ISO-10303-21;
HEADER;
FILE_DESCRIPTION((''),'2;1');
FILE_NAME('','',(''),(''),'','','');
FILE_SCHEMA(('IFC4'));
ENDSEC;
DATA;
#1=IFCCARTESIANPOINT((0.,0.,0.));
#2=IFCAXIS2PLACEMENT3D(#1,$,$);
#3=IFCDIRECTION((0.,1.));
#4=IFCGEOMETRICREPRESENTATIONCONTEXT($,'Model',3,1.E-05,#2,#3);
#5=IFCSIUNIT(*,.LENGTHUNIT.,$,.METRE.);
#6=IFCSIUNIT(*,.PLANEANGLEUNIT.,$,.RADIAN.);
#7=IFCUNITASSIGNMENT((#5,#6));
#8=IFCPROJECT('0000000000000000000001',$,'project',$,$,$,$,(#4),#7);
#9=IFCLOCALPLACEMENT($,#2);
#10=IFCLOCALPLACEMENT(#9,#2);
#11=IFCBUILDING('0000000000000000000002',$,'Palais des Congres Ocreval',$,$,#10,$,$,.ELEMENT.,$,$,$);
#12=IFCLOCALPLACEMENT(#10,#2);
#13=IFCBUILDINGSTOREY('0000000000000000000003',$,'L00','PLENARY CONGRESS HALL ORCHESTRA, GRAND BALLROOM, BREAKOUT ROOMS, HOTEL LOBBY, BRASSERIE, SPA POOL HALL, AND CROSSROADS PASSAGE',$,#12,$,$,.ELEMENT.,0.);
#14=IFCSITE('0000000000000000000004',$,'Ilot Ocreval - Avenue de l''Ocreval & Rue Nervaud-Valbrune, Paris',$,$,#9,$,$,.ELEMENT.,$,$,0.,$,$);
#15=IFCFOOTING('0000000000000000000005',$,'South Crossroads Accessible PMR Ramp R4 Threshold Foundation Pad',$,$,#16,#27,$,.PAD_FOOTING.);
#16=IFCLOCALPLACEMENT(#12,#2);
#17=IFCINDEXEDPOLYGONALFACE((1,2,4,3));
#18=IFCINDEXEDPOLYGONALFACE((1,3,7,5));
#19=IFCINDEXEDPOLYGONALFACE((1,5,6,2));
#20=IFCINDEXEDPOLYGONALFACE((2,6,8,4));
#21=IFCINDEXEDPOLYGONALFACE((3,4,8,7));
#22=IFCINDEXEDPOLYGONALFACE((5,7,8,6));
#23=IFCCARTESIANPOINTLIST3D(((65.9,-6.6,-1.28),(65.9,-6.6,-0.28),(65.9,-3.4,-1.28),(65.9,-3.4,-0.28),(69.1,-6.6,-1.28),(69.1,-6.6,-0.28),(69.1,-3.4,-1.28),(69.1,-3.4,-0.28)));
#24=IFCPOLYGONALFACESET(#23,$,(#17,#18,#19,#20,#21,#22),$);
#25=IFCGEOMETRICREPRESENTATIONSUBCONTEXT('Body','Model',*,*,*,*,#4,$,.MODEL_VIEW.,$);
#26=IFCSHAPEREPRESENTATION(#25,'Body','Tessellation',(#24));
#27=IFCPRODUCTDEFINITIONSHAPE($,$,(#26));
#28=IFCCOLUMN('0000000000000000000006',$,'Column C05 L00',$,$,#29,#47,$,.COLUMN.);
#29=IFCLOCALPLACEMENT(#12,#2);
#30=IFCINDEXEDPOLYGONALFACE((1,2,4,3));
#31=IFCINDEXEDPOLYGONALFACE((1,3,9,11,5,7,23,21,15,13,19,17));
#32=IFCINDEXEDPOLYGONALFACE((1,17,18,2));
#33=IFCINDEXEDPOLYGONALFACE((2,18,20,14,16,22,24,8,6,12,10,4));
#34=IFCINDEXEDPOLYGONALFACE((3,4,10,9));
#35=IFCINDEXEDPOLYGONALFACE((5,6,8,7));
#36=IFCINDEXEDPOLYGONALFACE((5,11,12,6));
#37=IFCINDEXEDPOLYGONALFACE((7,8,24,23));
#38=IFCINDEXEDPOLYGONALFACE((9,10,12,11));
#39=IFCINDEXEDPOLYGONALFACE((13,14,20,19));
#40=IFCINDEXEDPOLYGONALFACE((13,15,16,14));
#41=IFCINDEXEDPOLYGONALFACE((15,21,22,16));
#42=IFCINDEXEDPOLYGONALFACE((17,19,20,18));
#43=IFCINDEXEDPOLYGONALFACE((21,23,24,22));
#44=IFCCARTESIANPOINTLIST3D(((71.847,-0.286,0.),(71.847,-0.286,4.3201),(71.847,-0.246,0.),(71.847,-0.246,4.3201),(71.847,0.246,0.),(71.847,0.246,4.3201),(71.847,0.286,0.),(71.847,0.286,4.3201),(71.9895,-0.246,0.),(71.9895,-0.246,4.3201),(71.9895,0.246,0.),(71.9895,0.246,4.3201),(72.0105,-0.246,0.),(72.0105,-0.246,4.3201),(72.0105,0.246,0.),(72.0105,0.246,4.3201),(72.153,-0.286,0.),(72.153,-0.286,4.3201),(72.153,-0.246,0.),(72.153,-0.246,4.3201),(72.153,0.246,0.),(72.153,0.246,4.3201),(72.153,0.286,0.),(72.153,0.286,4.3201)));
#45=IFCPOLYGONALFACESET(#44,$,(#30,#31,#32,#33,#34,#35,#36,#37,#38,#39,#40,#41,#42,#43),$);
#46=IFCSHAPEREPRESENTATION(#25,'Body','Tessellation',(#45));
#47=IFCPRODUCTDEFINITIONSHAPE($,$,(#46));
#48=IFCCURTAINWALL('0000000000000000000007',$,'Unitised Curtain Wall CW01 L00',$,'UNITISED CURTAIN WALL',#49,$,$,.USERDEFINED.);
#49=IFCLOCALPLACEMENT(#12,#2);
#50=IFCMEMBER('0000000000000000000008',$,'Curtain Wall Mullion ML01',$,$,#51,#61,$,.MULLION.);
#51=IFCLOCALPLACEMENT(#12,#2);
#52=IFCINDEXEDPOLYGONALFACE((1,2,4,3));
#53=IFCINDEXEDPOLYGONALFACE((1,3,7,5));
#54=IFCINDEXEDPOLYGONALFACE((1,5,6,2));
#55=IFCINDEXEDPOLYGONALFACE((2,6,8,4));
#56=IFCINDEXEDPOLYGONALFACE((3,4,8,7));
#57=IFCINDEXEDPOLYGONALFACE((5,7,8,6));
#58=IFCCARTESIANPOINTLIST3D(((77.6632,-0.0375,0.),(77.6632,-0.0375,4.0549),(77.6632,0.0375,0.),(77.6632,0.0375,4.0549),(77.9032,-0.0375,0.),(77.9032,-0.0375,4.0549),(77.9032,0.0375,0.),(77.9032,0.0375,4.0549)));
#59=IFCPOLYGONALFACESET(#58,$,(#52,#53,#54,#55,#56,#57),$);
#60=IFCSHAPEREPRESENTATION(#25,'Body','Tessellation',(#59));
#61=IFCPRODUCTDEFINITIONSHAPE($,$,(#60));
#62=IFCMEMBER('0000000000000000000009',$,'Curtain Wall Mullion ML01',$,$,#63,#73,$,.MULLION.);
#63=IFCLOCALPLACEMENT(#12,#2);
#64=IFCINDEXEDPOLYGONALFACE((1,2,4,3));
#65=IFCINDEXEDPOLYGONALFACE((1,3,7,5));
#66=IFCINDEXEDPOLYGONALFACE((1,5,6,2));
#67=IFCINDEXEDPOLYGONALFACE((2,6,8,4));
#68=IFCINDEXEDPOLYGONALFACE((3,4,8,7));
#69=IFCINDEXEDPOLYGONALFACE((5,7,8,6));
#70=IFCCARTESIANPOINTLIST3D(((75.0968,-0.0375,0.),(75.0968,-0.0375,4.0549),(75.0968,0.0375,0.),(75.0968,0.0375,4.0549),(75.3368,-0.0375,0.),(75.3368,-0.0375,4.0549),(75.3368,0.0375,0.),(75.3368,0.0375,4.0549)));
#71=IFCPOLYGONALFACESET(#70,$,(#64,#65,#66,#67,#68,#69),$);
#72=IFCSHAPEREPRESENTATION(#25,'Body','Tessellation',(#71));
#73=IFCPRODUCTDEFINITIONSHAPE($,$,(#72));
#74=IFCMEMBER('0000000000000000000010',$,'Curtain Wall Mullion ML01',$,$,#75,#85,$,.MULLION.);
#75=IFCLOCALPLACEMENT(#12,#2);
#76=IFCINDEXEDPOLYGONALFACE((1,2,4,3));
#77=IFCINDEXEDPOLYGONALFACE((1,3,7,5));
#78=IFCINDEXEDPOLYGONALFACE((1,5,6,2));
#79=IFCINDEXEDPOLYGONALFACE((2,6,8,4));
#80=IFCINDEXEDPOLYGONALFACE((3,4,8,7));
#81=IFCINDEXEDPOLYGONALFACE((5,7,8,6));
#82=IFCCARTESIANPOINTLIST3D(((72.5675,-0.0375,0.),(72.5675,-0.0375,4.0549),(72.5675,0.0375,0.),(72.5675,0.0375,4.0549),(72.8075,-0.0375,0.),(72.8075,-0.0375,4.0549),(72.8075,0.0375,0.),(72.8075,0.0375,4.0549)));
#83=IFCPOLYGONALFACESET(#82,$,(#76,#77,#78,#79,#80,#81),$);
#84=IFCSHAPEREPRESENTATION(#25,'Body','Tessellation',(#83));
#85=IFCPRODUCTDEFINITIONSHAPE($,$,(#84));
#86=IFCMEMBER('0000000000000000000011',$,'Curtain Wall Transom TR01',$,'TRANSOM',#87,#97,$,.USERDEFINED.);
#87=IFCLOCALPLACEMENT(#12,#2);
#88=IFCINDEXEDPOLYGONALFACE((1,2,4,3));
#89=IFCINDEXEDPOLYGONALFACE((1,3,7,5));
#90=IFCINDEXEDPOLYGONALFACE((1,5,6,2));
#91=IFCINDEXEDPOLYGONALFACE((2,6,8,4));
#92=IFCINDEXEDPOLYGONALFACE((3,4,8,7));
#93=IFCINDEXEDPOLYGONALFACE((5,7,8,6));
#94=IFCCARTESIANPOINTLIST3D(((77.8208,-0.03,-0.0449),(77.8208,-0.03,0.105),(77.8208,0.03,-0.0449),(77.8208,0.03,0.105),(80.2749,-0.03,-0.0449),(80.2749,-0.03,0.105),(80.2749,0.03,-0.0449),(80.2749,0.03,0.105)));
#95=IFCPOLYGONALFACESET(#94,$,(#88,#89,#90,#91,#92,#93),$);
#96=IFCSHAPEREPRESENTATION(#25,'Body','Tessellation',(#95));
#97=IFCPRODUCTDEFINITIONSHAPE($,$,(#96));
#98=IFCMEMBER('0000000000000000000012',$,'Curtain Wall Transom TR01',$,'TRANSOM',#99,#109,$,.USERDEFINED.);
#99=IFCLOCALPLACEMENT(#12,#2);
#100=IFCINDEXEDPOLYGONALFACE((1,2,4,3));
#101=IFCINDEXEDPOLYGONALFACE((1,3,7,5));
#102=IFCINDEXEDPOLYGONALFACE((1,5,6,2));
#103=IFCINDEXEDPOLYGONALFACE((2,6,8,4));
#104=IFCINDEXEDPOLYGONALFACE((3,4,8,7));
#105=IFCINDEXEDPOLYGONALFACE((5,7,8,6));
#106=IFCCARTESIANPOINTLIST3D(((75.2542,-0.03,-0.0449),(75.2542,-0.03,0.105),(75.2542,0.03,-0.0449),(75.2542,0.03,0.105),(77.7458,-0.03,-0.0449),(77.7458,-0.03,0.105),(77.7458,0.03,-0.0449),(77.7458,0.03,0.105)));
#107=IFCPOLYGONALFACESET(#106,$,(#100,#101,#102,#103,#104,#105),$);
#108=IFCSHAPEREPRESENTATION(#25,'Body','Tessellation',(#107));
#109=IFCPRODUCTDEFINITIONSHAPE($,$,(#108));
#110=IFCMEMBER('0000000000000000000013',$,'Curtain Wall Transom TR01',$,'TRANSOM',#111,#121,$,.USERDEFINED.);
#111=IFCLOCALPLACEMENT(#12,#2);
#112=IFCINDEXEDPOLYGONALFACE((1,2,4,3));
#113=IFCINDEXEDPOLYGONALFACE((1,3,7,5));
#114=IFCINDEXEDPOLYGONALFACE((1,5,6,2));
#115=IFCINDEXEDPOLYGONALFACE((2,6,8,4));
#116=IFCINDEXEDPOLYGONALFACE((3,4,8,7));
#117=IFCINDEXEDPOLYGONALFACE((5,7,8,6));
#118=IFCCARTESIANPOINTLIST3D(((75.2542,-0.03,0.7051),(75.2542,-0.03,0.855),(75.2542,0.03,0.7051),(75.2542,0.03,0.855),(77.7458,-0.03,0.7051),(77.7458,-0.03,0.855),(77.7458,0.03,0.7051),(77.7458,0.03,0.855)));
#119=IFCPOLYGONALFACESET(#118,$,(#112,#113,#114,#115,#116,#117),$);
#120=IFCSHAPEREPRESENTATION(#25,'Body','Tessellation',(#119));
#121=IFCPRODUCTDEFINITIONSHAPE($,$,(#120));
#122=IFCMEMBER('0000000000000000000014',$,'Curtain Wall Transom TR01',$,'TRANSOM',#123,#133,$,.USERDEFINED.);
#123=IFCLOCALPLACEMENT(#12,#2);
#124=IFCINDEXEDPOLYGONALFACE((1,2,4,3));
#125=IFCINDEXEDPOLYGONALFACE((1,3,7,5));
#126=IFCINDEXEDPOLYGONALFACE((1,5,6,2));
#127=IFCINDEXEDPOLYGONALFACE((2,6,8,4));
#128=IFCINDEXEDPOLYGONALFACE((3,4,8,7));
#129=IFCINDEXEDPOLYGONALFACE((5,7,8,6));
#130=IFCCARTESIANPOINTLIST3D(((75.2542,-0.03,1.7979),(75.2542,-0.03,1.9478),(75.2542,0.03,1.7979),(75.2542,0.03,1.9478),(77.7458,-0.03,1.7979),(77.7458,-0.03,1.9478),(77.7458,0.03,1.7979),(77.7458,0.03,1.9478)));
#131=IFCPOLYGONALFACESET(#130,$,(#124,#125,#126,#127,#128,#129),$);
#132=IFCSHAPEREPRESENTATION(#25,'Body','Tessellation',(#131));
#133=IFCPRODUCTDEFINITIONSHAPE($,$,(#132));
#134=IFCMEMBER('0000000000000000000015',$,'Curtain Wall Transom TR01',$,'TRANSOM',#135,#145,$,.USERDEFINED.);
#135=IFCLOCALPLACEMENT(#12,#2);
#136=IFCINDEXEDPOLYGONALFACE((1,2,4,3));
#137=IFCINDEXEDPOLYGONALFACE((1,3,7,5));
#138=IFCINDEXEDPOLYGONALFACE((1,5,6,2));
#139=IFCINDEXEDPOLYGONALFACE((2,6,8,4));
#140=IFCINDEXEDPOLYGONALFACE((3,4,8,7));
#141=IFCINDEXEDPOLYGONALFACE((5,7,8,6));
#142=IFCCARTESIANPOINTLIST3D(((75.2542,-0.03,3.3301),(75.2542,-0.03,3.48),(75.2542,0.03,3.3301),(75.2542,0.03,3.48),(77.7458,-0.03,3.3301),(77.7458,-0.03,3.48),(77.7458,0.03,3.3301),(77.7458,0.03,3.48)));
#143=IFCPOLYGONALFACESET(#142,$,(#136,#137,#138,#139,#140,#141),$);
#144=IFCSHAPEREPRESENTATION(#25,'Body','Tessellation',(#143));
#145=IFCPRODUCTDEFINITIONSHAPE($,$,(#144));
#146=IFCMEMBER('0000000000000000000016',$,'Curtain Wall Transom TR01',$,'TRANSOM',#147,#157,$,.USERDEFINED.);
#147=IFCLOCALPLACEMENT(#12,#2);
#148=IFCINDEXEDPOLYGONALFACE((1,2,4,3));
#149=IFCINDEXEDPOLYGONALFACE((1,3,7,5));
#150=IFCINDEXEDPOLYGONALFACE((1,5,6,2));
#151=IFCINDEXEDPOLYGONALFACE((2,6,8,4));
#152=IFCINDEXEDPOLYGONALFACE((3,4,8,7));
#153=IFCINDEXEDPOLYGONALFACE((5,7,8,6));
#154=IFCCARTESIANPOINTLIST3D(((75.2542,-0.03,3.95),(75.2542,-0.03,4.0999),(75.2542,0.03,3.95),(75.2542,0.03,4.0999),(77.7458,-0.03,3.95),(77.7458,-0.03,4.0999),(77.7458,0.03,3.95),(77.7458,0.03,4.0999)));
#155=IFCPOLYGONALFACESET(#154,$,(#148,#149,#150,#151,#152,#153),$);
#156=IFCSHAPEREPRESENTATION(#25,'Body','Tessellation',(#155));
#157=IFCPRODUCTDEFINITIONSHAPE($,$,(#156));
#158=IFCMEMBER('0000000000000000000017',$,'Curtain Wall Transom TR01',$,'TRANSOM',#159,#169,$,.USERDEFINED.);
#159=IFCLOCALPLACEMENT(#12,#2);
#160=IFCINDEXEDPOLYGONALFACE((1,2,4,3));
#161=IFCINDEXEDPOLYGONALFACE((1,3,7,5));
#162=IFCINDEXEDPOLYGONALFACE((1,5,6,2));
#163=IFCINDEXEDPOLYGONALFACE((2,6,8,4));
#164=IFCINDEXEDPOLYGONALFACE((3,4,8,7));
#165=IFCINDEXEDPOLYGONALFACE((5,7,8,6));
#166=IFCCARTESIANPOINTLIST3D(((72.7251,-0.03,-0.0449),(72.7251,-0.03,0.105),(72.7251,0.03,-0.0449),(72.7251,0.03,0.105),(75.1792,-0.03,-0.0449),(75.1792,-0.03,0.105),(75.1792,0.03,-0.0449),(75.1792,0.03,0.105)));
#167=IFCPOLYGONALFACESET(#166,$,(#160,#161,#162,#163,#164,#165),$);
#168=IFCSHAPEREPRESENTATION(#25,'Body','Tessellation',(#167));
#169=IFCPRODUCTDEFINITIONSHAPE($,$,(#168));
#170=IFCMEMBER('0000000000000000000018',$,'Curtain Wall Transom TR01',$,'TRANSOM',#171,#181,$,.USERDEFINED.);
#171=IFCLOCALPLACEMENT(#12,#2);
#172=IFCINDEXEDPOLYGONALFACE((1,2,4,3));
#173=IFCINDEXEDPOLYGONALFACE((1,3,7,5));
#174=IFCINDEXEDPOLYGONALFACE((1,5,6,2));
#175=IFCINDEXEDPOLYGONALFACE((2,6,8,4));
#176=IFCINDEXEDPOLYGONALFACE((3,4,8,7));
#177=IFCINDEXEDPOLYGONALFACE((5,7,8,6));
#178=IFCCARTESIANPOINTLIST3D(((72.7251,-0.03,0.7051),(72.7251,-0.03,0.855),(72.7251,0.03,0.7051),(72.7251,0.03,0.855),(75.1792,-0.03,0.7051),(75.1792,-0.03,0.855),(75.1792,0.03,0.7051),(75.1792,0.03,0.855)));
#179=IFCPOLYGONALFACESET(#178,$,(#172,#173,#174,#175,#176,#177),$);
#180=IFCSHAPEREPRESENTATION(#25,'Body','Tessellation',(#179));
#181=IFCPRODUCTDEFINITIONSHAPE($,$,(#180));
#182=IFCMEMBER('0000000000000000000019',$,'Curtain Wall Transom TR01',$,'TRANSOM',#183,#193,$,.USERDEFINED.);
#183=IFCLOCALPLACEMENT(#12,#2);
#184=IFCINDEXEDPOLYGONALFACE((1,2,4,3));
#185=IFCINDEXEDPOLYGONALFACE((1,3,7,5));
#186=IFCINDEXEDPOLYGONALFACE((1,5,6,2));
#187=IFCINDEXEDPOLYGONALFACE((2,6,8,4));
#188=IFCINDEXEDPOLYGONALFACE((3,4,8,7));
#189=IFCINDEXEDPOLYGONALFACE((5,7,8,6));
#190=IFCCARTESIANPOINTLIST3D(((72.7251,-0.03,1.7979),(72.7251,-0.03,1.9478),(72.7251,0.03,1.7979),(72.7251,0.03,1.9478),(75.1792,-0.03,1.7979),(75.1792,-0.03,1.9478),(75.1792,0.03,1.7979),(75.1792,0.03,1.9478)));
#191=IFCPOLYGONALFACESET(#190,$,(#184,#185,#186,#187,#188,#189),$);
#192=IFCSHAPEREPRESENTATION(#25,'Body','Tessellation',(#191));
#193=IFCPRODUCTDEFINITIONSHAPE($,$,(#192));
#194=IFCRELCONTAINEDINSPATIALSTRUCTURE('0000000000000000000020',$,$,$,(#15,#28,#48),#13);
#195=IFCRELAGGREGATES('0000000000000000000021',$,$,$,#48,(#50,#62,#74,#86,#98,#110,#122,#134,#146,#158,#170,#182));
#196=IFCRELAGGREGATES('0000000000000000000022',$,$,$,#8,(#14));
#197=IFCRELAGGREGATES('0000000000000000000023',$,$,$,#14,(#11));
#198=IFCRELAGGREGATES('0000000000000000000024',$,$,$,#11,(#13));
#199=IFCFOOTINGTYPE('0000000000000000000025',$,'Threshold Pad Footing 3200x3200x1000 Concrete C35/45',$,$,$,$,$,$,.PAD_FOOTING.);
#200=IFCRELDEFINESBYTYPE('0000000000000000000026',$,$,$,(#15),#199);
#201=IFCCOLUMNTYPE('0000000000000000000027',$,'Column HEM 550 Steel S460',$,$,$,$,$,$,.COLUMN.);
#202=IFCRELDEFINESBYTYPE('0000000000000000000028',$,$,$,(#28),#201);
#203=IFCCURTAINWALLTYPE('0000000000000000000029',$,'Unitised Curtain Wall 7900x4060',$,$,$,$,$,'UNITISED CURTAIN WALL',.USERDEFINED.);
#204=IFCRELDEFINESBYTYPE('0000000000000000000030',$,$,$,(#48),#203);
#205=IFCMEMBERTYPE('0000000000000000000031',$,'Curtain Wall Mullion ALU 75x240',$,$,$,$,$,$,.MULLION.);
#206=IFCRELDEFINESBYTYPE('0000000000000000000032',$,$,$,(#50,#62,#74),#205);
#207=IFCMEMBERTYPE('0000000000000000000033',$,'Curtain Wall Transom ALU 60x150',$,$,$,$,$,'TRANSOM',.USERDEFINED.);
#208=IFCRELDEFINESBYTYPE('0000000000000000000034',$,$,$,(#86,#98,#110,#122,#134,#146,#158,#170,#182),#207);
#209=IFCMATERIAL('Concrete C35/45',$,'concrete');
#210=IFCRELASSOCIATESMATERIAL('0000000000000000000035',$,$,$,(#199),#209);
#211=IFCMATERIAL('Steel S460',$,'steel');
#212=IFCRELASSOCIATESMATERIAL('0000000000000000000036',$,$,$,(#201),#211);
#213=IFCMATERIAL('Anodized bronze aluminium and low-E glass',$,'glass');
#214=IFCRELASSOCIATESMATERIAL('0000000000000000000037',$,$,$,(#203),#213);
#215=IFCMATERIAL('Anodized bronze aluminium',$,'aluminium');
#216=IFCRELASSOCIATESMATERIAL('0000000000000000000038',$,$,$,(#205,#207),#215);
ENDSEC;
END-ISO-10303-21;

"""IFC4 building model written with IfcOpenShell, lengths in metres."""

from ifc_helpers import new_model, si_unit, direction, frame, origin, origin_2d, place, context, subcontext, project, spatial, rectangle, i_section, extrude, material, material_profile, profile_set, type_object, element, aggregate, save


model = new_model("IFC4")

# Units and contexts
model_context = context("Model", 3, precision=1e-05, world=origin(), true_north=direction((0.0, 1.0)))
body_context = subcontext(model_context, "Body", "Model", "MODEL_VIEW")
ifc_project = project(units=[si_unit("LENGTHUNIT", "METRE"), si_unit("PLANEANGLEUNIT", "RADIAN")], contexts=[model_context])

# Site, building, storey
site_placement = place(None, origin())
site = spatial("IfcSite", under=ifc_project, at=site_placement, Name="Ilot Ocreval - Avenue de l'Ocreval & Rue Nervaud-Valbrune, Paris", CompositionType="ELEMENT", RefElevation=0.0)
building_placement = place(site_placement, origin())
building = spatial("IfcBuilding", under=site, at=building_placement, Name="Palais des Congres Ocreval", CompositionType="ELEMENT")
storey_placement = place(building_placement, origin())
storey = spatial("IfcBuildingStorey", under=building, at=storey_placement, Name="L00", Description="PLENARY CONGRESS HALL ORCHESTRA, GRAND BALLROOM, BREAKOUT ROOMS, HOTEL LOBBY, BRASSERIE, SPA POOL HALL, AND CROSSROADS PASSAGE", CompositionType="ELEMENT", Elevation=0.0)

# Footing
ifc_material_1 = material(Name="Concrete C35/45", Category="concrete")
footing_type = type_object("IfcFootingType", Name="Threshold Pad Footing 3200x3200x1000 Concrete C35/45", PredefinedType="PAD_FOOTING", material=ifc_material_1)
footing_placement = place(storey_placement, frame((67.5, -5.0, -1.28), z_axis=(0.0, 0.0, 1.0), x_axis=(1.0, 0.0, 0.0)))
element("IfcFooting", 1, at=footing_placement, inside=storey, type_object=footing_type, Name="South Crossroads Accessible PMR Ramp R4 Threshold Foundation Pad", PredefinedType="PAD_FOOTING", context=body_context, shape_type="SweptSolid", body=[
    extrude(rectangle(XDim=3.2, YDim=3.2, at=origin_2d()), origin(), (0.0, 0.0, 1.0), 1.0),
])

# Column
ifc_material_2 = material(Name="Steel S460", Category="steel")
ifc_material_profile_1 = material_profile(ifc_material_2, i_section(OverallWidth=0.3059, OverallDepth=0.572, WebThickness=0.021, FlangeThickness=0.04, at=origin_2d()), Name="HEM 550")
ifc_profile_set_1 = profile_set([ifc_material_profile_1], Name="Steel S460")
column_type = type_object("IfcColumnType", Name="Column HEM 550 Steel S460", PredefinedType="COLUMN", material=ifc_profile_set_1)
column_placement = place(storey_placement, frame((72.0, 0.0, 0.0), z_axis=(0.0, 0.0, 1.0), x_axis=(1.0, 0.0, 0.0)))
element("IfcColumn", 2, at=column_placement, inside=storey, type_object=column_type, Name="Column C05 L00", PredefinedType="COLUMN", context=body_context, shape_type="SweptSolid", body=[
    extrude(i_section(OverallWidth=0.3059, OverallDepth=0.572, WebThickness=0.021, FlangeThickness=0.04, at=origin_2d()), origin(), (0.0, 0.0, 1.0), 4.3201),
])

# Curtain wall, members
ifc_material_3 = material(Name="Anodized bronze aluminium and low-E glass", Category="glass")
curtain_wall_type = type_object("IfcCurtainWallType", Name="Unitised Curtain Wall 7900x4060", ElementType="UNITISED CURTAIN WALL", PredefinedType="USERDEFINED", material=ifc_material_3)
curtain_wall_placement = place(storey_placement, origin())
curtain_wall = element("IfcCurtainWall", 3, at=curtain_wall_placement, inside=storey, type_object=curtain_wall_type, Name="Unitised Curtain Wall CW01 L00", ObjectType="UNITISED CURTAIN WALL", PredefinedType="USERDEFINED")
ifc_material_4 = material(Name="Anodized bronze aluminium", Category="aluminium")
ifc_material_profile_2 = material_profile(ifc_material_4, rectangle(XDim=0.075, YDim=0.24, at=origin_2d()), Name="ALU 75x240")
ifc_profile_set_2 = profile_set([ifc_material_profile_2], Name="Anodized bronze aluminium")
member_type_1 = type_object("IfcMemberType", Name="Curtain Wall Mullion ALU 75x240", PredefinedType="MULLION", material=ifc_profile_set_2)
member_1_placement = place(storey_placement, frame((77.7832, 0.0, 0.0), z_axis=(0.0, 0.0, 1.0), x_axis=(0.0, -1.0, 0.0)))
member_1 = element("IfcMember", 4, at=member_1_placement, type_object=member_type_1, Name="Curtain Wall Mullion ML01", PredefinedType="MULLION", context=body_context, shape_type="SweptSolid", body=[
    extrude(rectangle(XDim=0.075, YDim=0.24, at=origin_2d()), origin(), (0.0, 0.0, 1.0), 4.0549),
])
member_2_placement = place(storey_placement, frame((75.2168, 0.0, 0.0), z_axis=(0.0, 0.0, 1.0), x_axis=(0.0, -1.0, 0.0)))
member_2 = element("IfcMember", 5, at=member_2_placement, type_object=member_type_1, Name="Curtain Wall Mullion ML01", PredefinedType="MULLION", context=body_context, shape_type="SweptSolid", body=[
    extrude(rectangle(XDim=0.075, YDim=0.24, at=origin_2d()), origin(), (0.0, 0.0, 1.0), 4.0549),
])
member_3_placement = place(storey_placement, frame((72.6875, 0.0, 0.0), z_axis=(0.0, 0.0, 1.0), x_axis=(0.0, -1.0, 0.0)))
member_3 = element("IfcMember", 6, at=member_3_placement, type_object=member_type_1, Name="Curtain Wall Mullion ML01", PredefinedType="MULLION", context=body_context, shape_type="SweptSolid", body=[
    extrude(rectangle(XDim=0.075, YDim=0.24, at=origin_2d()), origin(), (0.0, 0.0, 1.0), 4.0549),
])
ifc_material_profile_3 = material_profile(ifc_material_4, rectangle(XDim=0.0601, YDim=0.1499, at=origin_2d()), Name="ALU 60x150")
ifc_profile_set_3 = profile_set([ifc_material_profile_3], Name="Anodized bronze aluminium")
member_type_2 = type_object("IfcMemberType", Name="Curtain Wall Transom ALU 60x150", ElementType="TRANSOM", PredefinedType="USERDEFINED", material=ifc_profile_set_3)
member_4_placement = place(storey_placement, frame((80.2749, 0.0, 0.03), z_axis=(-1.0, 0.0, 0.0), x_axis=(0.0, -1.0, 0.0)))
member_4 = element("IfcMember", 7, at=member_4_placement, type_object=member_type_2, Name="Curtain Wall Transom TR01", ObjectType="TRANSOM", PredefinedType="USERDEFINED", context=body_context, shape_type="SweptSolid", body=[
    extrude(rectangle(XDim=0.0601, YDim=0.1499, at=origin_2d()), origin(), (0.0, 0.0, 1.0), 2.4541),
])
member_5_placement = place(storey_placement, frame((77.7458, 0.0, 0.03), z_axis=(-1.0, 0.0, 0.0), x_axis=(0.0, -1.0, 0.0)))
member_5 = element("IfcMember", 8, at=member_5_placement, type_object=member_type_2, Name="Curtain Wall Transom TR01", ObjectType="TRANSOM", PredefinedType="USERDEFINED", context=body_context, shape_type="SweptSolid", body=[
    extrude(rectangle(XDim=0.0601, YDim=0.1499, at=origin_2d()), origin(), (0.0, 0.0, 1.0), 2.4917),
])
member_6_placement = place(storey_placement, frame((77.7458, 0.0, 0.78), z_axis=(-1.0, 0.0, 0.0), x_axis=(0.0, -1.0, 0.0)))
member_6 = element("IfcMember", 9, at=member_6_placement, type_object=member_type_2, Name="Curtain Wall Transom TR01", ObjectType="TRANSOM", PredefinedType="USERDEFINED", context=body_context, shape_type="SweptSolid", body=[
    extrude(rectangle(XDim=0.0601, YDim=0.1499, at=origin_2d()), origin(), (0.0, 0.0, 1.0), 2.4917),
])
member_7_placement = place(storey_placement, frame((77.7458, 0.0, 1.8728), z_axis=(-1.0, 0.0, 0.0), x_axis=(0.0, -1.0, 0.0)))
member_7 = element("IfcMember", 10, at=member_7_placement, type_object=member_type_2, Name="Curtain Wall Transom TR01", ObjectType="TRANSOM", PredefinedType="USERDEFINED", context=body_context, shape_type="SweptSolid", body=[
    extrude(rectangle(XDim=0.0601, YDim=0.1499, at=origin_2d()), origin(), (0.0, 0.0, 1.0), 2.4917),
])
member_8_placement = place(storey_placement, frame((77.7458, 0.0, 3.405), z_axis=(-1.0, 0.0, 0.0), x_axis=(0.0, -1.0, 0.0)))
member_8 = element("IfcMember", 11, at=member_8_placement, type_object=member_type_2, Name="Curtain Wall Transom TR01", ObjectType="TRANSOM", PredefinedType="USERDEFINED", context=body_context, shape_type="SweptSolid", body=[
    extrude(rectangle(XDim=0.0601, YDim=0.1499, at=origin_2d()), origin(), (0.0, 0.0, 1.0), 2.4917),
])
member_9_placement = place(storey_placement, frame((77.7458, 0.0, 4.0249), z_axis=(-1.0, 0.0, 0.0), x_axis=(0.0, -1.0, 0.0)))
member_9 = element("IfcMember", 12, at=member_9_placement, type_object=member_type_2, Name="Curtain Wall Transom TR01", ObjectType="TRANSOM", PredefinedType="USERDEFINED", context=body_context, shape_type="SweptSolid", body=[
    extrude(rectangle(XDim=0.0601, YDim=0.1499, at=origin_2d()), origin(), (0.0, 0.0, 1.0), 2.4917),
])
member_10_placement = place(storey_placement, frame((75.1792, 0.0, 0.03), z_axis=(-1.0, 0.0, 0.0), x_axis=(0.0, -1.0, 0.0)))
member_10 = element("IfcMember", 13, at=member_10_placement, type_object=member_type_2, Name="Curtain Wall Transom TR01", ObjectType="TRANSOM", PredefinedType="USERDEFINED", context=body_context, shape_type="SweptSolid", body=[
    extrude(rectangle(XDim=0.0601, YDim=0.1499, at=origin_2d()), origin(), (0.0, 0.0, 1.0), 2.4541),
])
member_11_placement = place(storey_placement, frame((75.1792, 0.0, 0.78), z_axis=(-1.0, 0.0, 0.0), x_axis=(0.0, -1.0, 0.0)))
member_11 = element("IfcMember", 14, at=member_11_placement, type_object=member_type_2, Name="Curtain Wall Transom TR01", ObjectType="TRANSOM", PredefinedType="USERDEFINED", context=body_context, shape_type="SweptSolid", body=[
    extrude(rectangle(XDim=0.0601, YDim=0.1499, at=origin_2d()), origin(), (0.0, 0.0, 1.0), 2.4541),
])
member_12_placement = place(storey_placement, frame((75.1792, 0.0, 1.8728), z_axis=(-1.0, 0.0, 0.0), x_axis=(0.0, -1.0, 0.0)))
member_12 = element("IfcMember", 15, at=member_12_placement, type_object=member_type_2, Name="Curtain Wall Transom TR01", ObjectType="TRANSOM", PredefinedType="USERDEFINED", context=body_context, shape_type="SweptSolid", body=[
    extrude(rectangle(XDim=0.0601, YDim=0.1499, at=origin_2d()), origin(), (0.0, 0.0, 1.0), 2.4541),
])

aggregate(curtain_wall, [member_1, member_2, member_3, member_4, member_5, member_6, member_7, member_8, member_9, member_10, member_11, member_12])

save(model, "model.ifc")
